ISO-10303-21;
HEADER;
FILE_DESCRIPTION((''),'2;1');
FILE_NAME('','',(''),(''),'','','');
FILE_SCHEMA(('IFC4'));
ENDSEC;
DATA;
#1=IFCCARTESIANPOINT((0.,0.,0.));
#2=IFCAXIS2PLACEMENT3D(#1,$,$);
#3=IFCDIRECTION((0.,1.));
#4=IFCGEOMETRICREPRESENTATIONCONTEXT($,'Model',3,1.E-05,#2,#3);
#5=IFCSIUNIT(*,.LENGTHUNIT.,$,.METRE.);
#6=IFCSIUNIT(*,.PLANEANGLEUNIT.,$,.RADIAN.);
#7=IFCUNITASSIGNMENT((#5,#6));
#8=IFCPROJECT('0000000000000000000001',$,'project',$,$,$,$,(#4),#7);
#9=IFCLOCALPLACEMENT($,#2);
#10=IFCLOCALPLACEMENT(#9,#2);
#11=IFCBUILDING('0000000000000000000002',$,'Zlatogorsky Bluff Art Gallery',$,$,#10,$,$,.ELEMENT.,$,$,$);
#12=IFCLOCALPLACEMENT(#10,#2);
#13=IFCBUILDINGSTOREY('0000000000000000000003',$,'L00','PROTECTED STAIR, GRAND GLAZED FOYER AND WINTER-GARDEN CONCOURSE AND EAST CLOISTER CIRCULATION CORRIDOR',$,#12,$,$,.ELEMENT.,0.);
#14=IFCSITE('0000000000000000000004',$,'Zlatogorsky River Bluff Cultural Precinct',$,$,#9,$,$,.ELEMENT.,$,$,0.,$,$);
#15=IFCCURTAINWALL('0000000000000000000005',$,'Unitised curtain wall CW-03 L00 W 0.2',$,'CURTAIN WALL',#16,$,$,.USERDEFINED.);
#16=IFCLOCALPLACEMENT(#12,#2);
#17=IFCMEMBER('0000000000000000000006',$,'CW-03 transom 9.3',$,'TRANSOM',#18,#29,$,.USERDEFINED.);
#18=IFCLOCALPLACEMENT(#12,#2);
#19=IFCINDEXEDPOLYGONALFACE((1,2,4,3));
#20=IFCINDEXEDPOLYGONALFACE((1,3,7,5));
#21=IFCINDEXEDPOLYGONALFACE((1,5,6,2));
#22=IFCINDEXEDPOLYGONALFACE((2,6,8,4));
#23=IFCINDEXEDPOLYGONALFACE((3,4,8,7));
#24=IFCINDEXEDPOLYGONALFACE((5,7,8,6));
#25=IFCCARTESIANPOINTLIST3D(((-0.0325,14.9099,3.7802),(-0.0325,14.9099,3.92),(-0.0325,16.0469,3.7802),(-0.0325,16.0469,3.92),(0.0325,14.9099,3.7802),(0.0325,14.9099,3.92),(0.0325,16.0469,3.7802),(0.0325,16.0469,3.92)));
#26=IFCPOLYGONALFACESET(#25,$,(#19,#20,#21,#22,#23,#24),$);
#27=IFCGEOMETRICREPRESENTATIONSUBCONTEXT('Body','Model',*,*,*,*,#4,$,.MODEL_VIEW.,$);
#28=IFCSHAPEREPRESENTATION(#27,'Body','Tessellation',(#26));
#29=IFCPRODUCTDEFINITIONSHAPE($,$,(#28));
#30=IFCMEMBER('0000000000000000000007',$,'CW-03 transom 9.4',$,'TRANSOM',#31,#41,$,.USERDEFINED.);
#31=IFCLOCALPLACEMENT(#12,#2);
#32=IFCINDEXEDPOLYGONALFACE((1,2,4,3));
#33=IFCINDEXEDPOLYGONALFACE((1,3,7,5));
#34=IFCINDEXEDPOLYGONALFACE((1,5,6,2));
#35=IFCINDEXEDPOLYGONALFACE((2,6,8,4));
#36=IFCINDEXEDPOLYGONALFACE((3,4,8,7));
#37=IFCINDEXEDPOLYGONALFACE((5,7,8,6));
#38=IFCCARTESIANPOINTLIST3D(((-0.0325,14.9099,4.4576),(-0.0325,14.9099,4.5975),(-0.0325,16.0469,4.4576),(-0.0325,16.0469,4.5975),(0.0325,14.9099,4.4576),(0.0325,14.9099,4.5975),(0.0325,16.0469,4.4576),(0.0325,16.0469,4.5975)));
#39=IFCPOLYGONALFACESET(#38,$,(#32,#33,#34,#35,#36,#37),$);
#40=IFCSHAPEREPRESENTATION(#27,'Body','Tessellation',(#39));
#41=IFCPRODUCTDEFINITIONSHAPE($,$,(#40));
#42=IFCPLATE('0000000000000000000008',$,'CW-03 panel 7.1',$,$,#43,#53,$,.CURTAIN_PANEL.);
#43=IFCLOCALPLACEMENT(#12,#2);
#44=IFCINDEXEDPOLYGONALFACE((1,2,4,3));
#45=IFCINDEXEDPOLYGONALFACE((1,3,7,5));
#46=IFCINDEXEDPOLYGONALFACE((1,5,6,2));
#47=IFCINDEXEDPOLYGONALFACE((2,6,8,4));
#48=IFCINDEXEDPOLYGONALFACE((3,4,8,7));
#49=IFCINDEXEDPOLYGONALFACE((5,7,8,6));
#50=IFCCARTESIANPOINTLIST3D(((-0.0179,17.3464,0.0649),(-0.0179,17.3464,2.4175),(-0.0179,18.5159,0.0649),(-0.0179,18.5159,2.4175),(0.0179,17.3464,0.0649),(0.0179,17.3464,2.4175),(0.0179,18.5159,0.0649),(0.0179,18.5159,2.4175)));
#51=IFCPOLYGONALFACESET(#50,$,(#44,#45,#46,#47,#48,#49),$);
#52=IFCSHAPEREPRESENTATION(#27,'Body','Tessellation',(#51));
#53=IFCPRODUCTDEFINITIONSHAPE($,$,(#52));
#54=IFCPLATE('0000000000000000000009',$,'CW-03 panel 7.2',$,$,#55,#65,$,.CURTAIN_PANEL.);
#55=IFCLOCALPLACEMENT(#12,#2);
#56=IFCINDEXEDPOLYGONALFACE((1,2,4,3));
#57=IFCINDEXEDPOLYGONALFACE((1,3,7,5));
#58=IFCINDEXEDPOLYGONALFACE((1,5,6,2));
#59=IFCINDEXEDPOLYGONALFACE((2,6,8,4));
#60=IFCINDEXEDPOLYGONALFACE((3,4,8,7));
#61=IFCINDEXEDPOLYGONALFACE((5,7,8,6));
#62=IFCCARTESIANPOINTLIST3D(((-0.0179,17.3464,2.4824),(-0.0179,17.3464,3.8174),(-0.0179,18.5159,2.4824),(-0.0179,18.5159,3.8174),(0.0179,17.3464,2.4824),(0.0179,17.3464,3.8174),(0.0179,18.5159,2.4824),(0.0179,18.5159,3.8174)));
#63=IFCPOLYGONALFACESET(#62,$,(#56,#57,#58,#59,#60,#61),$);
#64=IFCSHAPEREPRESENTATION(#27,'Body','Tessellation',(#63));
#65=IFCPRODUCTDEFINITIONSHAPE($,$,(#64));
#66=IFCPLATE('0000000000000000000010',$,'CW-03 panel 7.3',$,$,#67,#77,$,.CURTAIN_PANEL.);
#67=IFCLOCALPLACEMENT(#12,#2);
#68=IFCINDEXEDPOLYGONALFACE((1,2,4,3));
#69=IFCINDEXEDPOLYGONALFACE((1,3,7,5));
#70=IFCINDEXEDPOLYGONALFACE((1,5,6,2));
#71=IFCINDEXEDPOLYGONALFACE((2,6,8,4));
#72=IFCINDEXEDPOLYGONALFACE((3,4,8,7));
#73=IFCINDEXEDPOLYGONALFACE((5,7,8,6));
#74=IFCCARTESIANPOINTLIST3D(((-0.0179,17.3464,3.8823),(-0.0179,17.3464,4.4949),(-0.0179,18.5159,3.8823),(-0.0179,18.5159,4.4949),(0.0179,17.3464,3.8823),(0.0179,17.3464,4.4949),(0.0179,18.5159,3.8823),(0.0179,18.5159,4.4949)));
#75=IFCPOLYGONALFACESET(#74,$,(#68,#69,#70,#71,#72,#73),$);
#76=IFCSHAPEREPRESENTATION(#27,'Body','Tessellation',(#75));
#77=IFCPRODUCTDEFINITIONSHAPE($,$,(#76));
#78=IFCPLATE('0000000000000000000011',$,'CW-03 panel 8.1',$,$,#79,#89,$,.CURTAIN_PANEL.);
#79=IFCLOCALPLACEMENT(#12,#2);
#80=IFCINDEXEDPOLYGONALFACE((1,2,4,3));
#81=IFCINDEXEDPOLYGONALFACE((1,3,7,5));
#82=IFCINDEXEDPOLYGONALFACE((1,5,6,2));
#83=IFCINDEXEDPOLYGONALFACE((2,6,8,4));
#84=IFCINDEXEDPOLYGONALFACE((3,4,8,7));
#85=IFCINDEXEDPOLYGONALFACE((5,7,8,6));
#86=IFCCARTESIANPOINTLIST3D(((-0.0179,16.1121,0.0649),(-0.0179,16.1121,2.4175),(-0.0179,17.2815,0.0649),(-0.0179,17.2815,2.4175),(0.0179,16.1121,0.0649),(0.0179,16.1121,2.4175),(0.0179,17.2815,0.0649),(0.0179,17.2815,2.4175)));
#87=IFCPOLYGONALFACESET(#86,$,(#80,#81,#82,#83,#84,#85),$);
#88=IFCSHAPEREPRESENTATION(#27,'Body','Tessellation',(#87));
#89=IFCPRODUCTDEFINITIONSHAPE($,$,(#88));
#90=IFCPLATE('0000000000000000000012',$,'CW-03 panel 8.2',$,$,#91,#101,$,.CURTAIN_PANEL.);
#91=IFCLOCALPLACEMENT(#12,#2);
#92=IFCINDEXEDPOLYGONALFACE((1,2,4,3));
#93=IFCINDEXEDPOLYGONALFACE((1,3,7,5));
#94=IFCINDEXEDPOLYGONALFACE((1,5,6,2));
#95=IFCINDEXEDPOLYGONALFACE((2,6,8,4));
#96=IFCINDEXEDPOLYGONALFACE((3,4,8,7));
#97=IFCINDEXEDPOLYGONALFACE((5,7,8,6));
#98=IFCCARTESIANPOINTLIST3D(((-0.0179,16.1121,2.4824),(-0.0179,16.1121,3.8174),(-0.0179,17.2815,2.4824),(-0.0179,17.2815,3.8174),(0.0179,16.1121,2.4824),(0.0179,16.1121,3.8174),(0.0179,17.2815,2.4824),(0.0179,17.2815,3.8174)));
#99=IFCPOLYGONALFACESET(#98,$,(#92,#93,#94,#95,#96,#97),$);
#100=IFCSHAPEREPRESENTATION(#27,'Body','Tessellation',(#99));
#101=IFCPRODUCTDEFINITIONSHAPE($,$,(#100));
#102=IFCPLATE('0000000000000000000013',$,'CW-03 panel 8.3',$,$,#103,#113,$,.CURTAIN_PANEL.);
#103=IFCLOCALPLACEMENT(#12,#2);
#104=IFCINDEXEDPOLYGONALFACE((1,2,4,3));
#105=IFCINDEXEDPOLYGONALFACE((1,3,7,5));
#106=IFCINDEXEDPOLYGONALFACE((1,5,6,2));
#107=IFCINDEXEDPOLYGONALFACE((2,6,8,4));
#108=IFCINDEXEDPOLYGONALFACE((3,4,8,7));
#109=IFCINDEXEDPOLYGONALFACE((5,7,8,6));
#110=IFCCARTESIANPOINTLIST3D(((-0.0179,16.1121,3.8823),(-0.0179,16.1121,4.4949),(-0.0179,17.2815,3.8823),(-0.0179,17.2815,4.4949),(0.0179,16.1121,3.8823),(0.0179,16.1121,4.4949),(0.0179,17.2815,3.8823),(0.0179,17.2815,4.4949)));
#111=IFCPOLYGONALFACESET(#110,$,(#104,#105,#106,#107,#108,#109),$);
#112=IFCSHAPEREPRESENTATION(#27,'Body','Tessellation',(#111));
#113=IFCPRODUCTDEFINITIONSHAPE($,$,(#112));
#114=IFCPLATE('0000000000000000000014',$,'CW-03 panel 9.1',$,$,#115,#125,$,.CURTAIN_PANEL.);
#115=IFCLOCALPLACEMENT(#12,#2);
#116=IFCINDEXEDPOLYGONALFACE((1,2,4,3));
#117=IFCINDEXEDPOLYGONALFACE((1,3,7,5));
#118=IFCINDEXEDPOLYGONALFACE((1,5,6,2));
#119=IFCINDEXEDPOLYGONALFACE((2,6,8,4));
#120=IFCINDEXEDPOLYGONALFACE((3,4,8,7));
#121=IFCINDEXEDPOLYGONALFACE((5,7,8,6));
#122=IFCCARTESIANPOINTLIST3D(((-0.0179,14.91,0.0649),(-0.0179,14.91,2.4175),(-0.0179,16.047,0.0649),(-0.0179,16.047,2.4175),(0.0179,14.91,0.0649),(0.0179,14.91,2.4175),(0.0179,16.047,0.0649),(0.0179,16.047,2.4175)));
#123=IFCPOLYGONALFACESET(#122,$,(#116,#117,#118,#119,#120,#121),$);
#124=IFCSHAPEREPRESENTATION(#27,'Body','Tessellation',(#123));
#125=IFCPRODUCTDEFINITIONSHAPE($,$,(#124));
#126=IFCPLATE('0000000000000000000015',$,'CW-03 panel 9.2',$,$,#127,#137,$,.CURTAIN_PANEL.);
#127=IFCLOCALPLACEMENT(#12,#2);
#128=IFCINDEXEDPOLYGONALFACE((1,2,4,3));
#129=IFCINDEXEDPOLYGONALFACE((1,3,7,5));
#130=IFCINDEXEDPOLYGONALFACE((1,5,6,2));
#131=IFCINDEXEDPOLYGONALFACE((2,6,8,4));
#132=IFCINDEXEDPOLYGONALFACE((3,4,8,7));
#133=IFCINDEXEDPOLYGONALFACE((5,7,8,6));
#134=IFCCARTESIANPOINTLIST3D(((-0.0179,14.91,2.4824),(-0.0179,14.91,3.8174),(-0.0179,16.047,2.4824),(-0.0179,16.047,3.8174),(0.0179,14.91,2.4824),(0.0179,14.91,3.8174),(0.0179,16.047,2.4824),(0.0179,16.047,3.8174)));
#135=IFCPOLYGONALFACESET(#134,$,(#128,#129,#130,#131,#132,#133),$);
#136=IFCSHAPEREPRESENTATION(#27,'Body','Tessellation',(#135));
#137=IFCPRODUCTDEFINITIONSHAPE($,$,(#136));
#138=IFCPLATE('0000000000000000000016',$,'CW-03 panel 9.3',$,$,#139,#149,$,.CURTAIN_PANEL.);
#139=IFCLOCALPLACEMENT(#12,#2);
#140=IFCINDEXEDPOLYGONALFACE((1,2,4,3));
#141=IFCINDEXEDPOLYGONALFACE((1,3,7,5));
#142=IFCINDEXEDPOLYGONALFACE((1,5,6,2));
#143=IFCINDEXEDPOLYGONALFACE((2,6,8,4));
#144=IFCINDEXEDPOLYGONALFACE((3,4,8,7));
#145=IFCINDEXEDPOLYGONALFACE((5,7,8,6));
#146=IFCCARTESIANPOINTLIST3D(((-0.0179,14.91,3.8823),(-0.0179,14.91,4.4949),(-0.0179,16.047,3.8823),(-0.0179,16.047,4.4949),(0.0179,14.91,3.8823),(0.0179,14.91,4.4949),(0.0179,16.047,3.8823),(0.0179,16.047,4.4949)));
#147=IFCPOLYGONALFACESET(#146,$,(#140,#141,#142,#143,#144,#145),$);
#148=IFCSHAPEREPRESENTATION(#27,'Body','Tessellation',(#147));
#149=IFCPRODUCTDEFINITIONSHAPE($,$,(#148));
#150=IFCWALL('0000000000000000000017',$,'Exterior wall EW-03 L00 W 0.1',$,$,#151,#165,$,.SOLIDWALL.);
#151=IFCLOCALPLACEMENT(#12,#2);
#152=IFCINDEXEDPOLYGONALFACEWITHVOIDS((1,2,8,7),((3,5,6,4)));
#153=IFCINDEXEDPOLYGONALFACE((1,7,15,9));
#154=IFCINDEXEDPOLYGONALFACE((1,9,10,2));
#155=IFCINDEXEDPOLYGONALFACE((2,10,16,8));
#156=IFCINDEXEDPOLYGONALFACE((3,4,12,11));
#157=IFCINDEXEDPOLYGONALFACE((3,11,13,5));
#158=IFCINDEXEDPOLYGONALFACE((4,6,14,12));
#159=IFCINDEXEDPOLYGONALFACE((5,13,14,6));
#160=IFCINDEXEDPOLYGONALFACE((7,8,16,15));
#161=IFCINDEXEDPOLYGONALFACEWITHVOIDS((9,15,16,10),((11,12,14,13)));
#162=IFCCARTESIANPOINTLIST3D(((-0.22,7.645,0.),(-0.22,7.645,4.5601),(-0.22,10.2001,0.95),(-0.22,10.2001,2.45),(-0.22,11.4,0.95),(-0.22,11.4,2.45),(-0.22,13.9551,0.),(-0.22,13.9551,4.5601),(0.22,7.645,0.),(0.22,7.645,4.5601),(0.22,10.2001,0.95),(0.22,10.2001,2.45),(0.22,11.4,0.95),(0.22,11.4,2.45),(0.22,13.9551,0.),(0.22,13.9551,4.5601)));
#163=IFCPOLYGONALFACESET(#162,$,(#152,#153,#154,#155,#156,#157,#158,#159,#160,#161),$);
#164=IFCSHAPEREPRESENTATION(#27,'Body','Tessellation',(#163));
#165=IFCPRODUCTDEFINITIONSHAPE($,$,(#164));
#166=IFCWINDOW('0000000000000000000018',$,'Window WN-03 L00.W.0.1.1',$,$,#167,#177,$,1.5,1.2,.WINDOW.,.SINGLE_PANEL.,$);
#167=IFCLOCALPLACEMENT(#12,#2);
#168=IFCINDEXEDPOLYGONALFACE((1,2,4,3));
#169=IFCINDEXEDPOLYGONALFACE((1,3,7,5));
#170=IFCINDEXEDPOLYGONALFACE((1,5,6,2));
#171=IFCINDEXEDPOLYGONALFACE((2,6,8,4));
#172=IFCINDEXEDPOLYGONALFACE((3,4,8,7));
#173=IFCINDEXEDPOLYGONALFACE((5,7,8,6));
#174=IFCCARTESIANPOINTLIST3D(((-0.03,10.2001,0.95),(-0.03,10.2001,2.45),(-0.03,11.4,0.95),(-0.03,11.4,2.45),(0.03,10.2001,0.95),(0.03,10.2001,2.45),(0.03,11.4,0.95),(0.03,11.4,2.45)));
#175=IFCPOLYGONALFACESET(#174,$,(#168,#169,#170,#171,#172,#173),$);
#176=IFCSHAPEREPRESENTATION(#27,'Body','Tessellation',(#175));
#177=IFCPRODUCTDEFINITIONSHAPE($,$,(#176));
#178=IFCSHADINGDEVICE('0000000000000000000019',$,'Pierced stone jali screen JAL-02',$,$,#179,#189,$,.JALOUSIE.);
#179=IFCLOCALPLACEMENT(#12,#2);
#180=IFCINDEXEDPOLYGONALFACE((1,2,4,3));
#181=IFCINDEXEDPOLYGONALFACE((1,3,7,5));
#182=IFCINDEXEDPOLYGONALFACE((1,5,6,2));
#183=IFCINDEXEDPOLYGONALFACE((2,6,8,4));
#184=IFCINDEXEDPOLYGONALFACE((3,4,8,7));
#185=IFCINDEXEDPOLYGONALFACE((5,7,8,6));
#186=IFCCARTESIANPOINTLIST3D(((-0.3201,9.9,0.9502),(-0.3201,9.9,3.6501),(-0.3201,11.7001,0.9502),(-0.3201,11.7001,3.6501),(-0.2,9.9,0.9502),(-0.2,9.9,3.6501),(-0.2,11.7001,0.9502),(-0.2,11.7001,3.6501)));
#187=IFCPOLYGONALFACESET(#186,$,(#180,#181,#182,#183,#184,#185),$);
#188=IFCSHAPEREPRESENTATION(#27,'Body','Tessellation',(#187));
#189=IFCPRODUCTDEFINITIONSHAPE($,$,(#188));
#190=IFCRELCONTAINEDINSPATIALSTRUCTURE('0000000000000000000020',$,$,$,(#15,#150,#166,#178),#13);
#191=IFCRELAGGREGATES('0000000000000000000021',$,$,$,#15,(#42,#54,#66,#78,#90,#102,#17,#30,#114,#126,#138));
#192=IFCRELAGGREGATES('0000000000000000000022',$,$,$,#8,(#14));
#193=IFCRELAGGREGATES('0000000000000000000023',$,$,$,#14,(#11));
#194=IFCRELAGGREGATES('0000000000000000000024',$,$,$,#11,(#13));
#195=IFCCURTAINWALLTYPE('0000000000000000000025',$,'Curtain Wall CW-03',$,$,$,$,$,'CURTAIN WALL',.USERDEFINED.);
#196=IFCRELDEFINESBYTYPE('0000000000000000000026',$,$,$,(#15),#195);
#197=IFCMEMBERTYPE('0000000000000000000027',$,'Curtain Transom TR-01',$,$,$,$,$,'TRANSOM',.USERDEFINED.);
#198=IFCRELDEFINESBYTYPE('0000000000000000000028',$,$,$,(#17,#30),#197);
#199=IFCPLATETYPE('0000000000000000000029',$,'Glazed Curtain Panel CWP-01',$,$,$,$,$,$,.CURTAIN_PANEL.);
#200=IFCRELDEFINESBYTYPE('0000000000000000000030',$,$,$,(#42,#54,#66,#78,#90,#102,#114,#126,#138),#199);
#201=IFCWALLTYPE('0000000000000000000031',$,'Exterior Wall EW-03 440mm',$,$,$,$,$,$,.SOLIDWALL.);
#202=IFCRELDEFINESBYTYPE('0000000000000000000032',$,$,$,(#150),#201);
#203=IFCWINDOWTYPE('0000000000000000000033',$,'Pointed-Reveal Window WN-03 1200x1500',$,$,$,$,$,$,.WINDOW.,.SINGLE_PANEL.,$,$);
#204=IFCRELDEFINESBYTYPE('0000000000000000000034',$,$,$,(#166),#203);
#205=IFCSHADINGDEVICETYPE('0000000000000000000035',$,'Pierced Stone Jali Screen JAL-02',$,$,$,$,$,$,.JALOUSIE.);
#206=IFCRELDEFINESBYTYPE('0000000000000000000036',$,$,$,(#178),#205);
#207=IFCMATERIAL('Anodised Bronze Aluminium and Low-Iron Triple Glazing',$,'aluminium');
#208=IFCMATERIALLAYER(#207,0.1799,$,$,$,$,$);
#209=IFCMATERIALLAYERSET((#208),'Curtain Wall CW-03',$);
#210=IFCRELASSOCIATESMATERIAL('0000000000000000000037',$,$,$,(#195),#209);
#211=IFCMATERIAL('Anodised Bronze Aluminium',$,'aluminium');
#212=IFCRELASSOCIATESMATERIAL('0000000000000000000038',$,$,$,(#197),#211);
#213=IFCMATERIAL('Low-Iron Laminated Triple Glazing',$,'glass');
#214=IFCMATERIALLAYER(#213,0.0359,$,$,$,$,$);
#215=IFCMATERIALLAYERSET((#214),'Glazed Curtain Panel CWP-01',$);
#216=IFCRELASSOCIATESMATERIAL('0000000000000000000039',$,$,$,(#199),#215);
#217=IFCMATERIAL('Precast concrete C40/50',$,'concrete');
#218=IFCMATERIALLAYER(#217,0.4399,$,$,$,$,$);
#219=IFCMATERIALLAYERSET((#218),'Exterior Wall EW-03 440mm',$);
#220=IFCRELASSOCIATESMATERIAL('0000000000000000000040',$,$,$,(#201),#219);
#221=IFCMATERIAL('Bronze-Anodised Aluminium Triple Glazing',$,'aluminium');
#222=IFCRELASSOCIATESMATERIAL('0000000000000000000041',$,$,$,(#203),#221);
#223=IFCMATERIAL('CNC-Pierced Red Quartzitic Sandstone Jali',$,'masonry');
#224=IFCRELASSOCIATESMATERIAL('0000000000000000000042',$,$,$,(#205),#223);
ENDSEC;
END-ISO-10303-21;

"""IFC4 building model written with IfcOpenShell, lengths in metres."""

from ifc_helpers import new_model, si_unit, direction, frame, frame_2d, origin, origin_2d, place, context, subcontext, project, spatial, rectangle, extrude, material, layer, layer_set, material_profile, profile_set, type_object, element, fill, aggregate, save


model = new_model("IFC4")

# Units and contexts
model_context = context("Model", 3, precision=1e-05, world=origin(), true_north=direction((0.0, 1.0)))
body_context = subcontext(model_context, "Body", "Model", "MODEL_VIEW")
ifc_project = project(units=[si_unit("LENGTHUNIT", "METRE"), si_unit("PLANEANGLEUNIT", "RADIAN")], contexts=[model_context])

# Site, building, storey
site_placement = place(None, origin())
site = spatial("IfcSite", under=ifc_project, at=site_placement, Name="Zlatogorsky River Bluff Cultural Precinct", CompositionType="ELEMENT", RefElevation=0.0)
building_placement = place(site_placement, origin())
building = spatial("IfcBuilding", under=site, at=building_placement, Name="Zlatogorsky Bluff Art Gallery", CompositionType="ELEMENT")
storey_placement = place(building_placement, origin())
storey = spatial("IfcBuildingStorey", under=building, at=storey_placement, Name="L00", Description="PROTECTED STAIR, GRAND GLAZED FOYER AND WINTER-GARDEN CONCOURSE AND EAST CLOISTER CIRCULATION CORRIDOR", CompositionType="ELEMENT", Elevation=0.0)

# Curtain wall, members, plates
ifc_material_1 = material(Name="Anodised Bronze Aluminium and Low-Iron Triple Glazing", Category="aluminium")
ifc_layer_1 = layer(ifc_material_1, 0.1799)
ifc_layer_set_1 = layer_set([ifc_layer_1], Name="Curtain Wall CW-03")
curtain_wall_type = type_object("IfcCurtainWallType", Name="Curtain Wall CW-03", ElementType="CURTAIN WALL", PredefinedType="USERDEFINED", material=ifc_layer_set_1)
curtain_wall_placement = place(storey_placement, origin())
curtain_wall = element("IfcCurtainWall", 1, at=curtain_wall_placement, inside=storey, type_object=curtain_wall_type, Name="Unitised curtain wall CW-03 L00 W 0.2", ObjectType="CURTAIN WALL", PredefinedType="USERDEFINED")
ifc_material_2 = material(Name="Anodised Bronze Aluminium", Category="aluminium")
ifc_material_profile_1 = material_profile(ifc_material_2, rectangle(XDim=0.0649, YDim=0.1399, at=origin_2d()), Name="ALU TRANSOM 65x140")
ifc_profile_set_1 = profile_set([ifc_material_profile_1], Name="Anodised Bronze Aluminium")
member_type_1 = type_object("IfcMemberType", Name="Curtain Transom TR-01", ElementType="TRANSOM", PredefinedType="USERDEFINED", material=ifc_profile_set_1)
member_1_placement = place(storey_placement, frame((0.0, 16.0469, 3.8501), z_axis=(0.0, -1.0, 0.0), x_axis=(1.0, 0.0, 0.0)))
member_1 = element("IfcMember", 2, at=member_1_placement, type_object=member_type_1, Name="CW-03 transom 9.3", ObjectType="TRANSOM", PredefinedType="USERDEFINED", context=body_context, shape_type="SweptSolid", body=[
    extrude(rectangle(XDim=0.0649, YDim=0.1399, at=origin_2d()), origin(), (0.0, 0.0, 1.0), 1.137),
])
member_2_placement = place(storey_placement, frame((0.0, 16.0469, 4.5276), z_axis=(0.0, -1.0, 0.0), x_axis=(1.0, 0.0, 0.0)))
member_2 = element("IfcMember", 3, at=member_2_placement, type_object=member_type_1, Name="CW-03 transom 9.4", ObjectType="TRANSOM", PredefinedType="USERDEFINED", context=body_context, shape_type="SweptSolid", body=[
    extrude(rectangle(XDim=0.0649, YDim=0.1399, at=origin_2d()), origin(), (0.0, 0.0, 1.0), 1.137),
])
ifc_material_3 = material(Name="Low-Iron Laminated Triple Glazing", Category="glass")
ifc_layer_2 = layer(ifc_material_3, 0.0359)
ifc_layer_set_2 = layer_set([ifc_layer_2], Name="Glazed Curtain Panel CWP-01")
plate_type = type_object("IfcPlateType", Name="Glazed Curtain Panel CWP-01", PredefinedType="CURTAIN_PANEL", material=ifc_layer_set_2)
plate_1_placement = place(storey_placement, frame((0.0, 17.9312, 0.0649), z_axis=(0.0, 0.0, 1.0), x_axis=(0.0, -1.0, 0.0)))
plate_1 = element("IfcPlate", 4, at=plate_1_placement, type_object=plate_type, Name="CW-03 panel 7.1", PredefinedType="CURTAIN_PANEL", context=body_context, shape_type="SweptSolid", body=[
    extrude(rectangle(XDim=1.1694, YDim=0.0359, at=origin_2d()), origin(), (0.0, 0.0, 1.0), 2.3525),
])
plate_2_placement = place(storey_placement, frame((0.0, 17.9312, 2.4824), z_axis=(0.0, 0.0, 1.0), x_axis=(0.0, -1.0, 0.0)))
plate_2 = element("IfcPlate", 5, at=plate_2_placement, type_object=plate_type, Name="CW-03 panel 7.2", PredefinedType="CURTAIN_PANEL", context=body_context, shape_type="SweptSolid", body=[
    extrude(rectangle(XDim=1.1694, YDim=0.0359, at=origin_2d()), origin(), (0.0, 0.0, 1.0), 1.335),
])
plate_3_placement = place(storey_placement, frame((0.0, 17.9312, 3.8823), z_axis=(0.0, 0.0, 1.0), x_axis=(0.0, -1.0, 0.0)))
plate_3 = element("IfcPlate", 6, at=plate_3_placement, type_object=plate_type, Name="CW-03 panel 7.3", PredefinedType="CURTAIN_PANEL", context=body_context, shape_type="SweptSolid", body=[
    extrude(rectangle(XDim=1.1694, YDim=0.0359, at=origin_2d()), origin(), (0.0, 0.0, 1.0), 0.6125),
])
plate_4_placement = place(storey_placement, frame((0.0, 16.6968, 0.0649), z_axis=(0.0, 0.0, 1.0), x_axis=(0.0, -1.0, 0.0)))
plate_4 = element("IfcPlate", 7, at=plate_4_placement, type_object=plate_type, Name="CW-03 panel 8.1", PredefinedType="CURTAIN_PANEL", context=body_context, shape_type="SweptSolid", body=[
    extrude(rectangle(XDim=1.1694, YDim=0.0359, at=origin_2d()), origin(), (0.0, 0.0, 1.0), 2.3525),
])
plate_5_placement = place(storey_placement, frame((0.0, 16.6968, 2.4824), z_axis=(0.0, 0.0, 1.0), x_axis=(0.0, -1.0, 0.0)))
plate_5 = element("IfcPlate", 8, at=plate_5_placement, type_object=plate_type, Name="CW-03 panel 8.2", PredefinedType="CURTAIN_PANEL", context=body_context, shape_type="SweptSolid", body=[
    extrude(rectangle(XDim=1.1694, YDim=0.0359, at=origin_2d()), origin(), (0.0, 0.0, 1.0), 1.335),
])
plate_6_placement = place(storey_placement, frame((0.0, 16.6968, 3.8823), z_axis=(0.0, 0.0, 1.0), x_axis=(0.0, -1.0, 0.0)))
plate_6 = element("IfcPlate", 9, at=plate_6_placement, type_object=plate_type, Name="CW-03 panel 8.3", PredefinedType="CURTAIN_PANEL", context=body_context, shape_type="SweptSolid", body=[
    extrude(rectangle(XDim=1.1694, YDim=0.0359, at=origin_2d()), origin(), (0.0, 0.0, 1.0), 0.6125),
])
plate_7_placement = place(storey_placement, frame((0.0, 15.4785, 0.0649), z_axis=(0.0, 0.0, 1.0), x_axis=(0.0, -1.0, 0.0)))
plate_7 = element("IfcPlate", 10, at=plate_7_placement, type_object=plate_type, Name="CW-03 panel 9.1", PredefinedType="CURTAIN_PANEL", context=body_context, shape_type="SweptSolid", body=[
    extrude(rectangle(XDim=1.137, YDim=0.0359, at=origin_2d()), origin(), (0.0, 0.0, 1.0), 2.3525),
])
plate_8_placement = place(storey_placement, frame((0.0, 15.4785, 2.4824), z_axis=(0.0, 0.0, 1.0), x_axis=(0.0, -1.0, 0.0)))
plate_8 = element("IfcPlate", 11, at=plate_8_placement, type_object=plate_type, Name="CW-03 panel 9.2", PredefinedType="CURTAIN_PANEL", context=body_context, shape_type="SweptSolid", body=[
    extrude(rectangle(XDim=1.137, YDim=0.0359, at=origin_2d()), origin(), (0.0, 0.0, 1.0), 1.335),
])
plate_9_placement = place(storey_placement, frame((0.0, 15.4785, 3.8823), z_axis=(0.0, 0.0, 1.0), x_axis=(0.0, -1.0, 0.0)))
plate_9 = element("IfcPlate", 12, at=plate_9_placement, type_object=plate_type, Name="CW-03 panel 9.3", PredefinedType="CURTAIN_PANEL", context=body_context, shape_type="SweptSolid", body=[
    extrude(rectangle(XDim=1.137, YDim=0.0359, at=origin_2d()), origin(), (0.0, 0.0, 1.0), 0.6125),
])
aggregate(curtain_wall, [plate_1, plate_2, plate_3, plate_4, plate_5, plate_6, member_1, member_2, plate_7, plate_8, plate_9])

# Wall, opening, window
ifc_material_4 = material(Name="Precast concrete C40/50", Category="concrete")
ifc_layer_3 = layer(ifc_material_4, 0.4399)
ifc_layer_set_3 = layer_set([ifc_layer_3], Name="Exterior Wall EW-03 440mm")
wall_type = type_object("IfcWallType", Name="Exterior Wall EW-03 440mm", PredefinedType="SOLIDWALL", material=ifc_layer_set_3)
wall_placement = place(storey_placement, frame((0.0, 13.9551, 0.0), z_axis=(0.0, 0.0, 1.0), x_axis=(0.0, -1.0, 0.0)))
wall = element("IfcWall", 13, at=wall_placement, inside=storey, type_object=wall_type, Name="Exterior wall EW-03 L00 W 0.1", PredefinedType="SOLIDWALL", context=body_context, shape_type="SweptSolid", body=[
    extrude(rectangle(XDim=6.3101, YDim=0.4399, at=frame_2d((3.155, 0.0))), origin(), (0.0, 0.0, 1.0), 4.5601),
])
opening_placement = place(wall_placement, frame((2.5549, 0.0, 0.95)))
opening = element("IfcOpeningElement", 14, at=opening_placement, cuts=wall, PredefinedType="OPENING", context=body_context, shape_type="SweptSolid", body=[
    extrude(rectangle(XDim=1.2, YDim=1.5, at=frame_2d((0.6001, 0.75))), frame((0.0, 0.23, 0.0), z_axis=(0.0, -1.0, 0.0), x_axis=(1.0, 0.0, 0.0)), (0.0, 0.0, 1.0), 0.46),
])
ifc_material_5 = material(Name="Bronze-Anodised Aluminium Triple Glazing", Category="aluminium")
window_type = type_object("IfcWindowType", Name="Pointed-Reveal Window WN-03 1200x1500", PartitioningType="SINGLE_PANEL", PredefinedType="WINDOW", material=ifc_material_5)
window_placement = place(opening_placement, origin())
window = element("IfcWindow", 15, at=window_placement, inside=storey, type_object=window_type, Name="Window WN-03 L00.W.0.1.1", OverallHeight=1.5, OverallWidth=1.2, PartitioningType="SINGLE_PANEL", PredefinedType="WINDOW", context=body_context, shape_type="SweptSolid", body=[
    extrude(rectangle(XDim=1.2, YDim=1.5, at=frame_2d((0.6001, 0.75))), frame((0.0, 0.03, 0.0), z_axis=(0.0, -1.0, 0.0), x_axis=(1.0, 0.0, 0.0)), (0.0, 0.0, 1.0), 0.0601),
])
fill(opening, window)

# Shading device
ifc_material_6 = material(Name="CNC-Pierced Red Quartzitic Sandstone Jali", Category="masonry")
shading_device_type = type_object("IfcShadingDeviceType", Name="Pierced Stone Jali Screen JAL-02", PredefinedType="JALOUSIE", material=ifc_material_6)
shading_device_placement = place(storey_placement, frame((-0.26, 10.8, 0.9502), z_axis=(0.0, 0.0, 1.0), x_axis=(1.0, 0.0, 0.0)))
element("IfcShadingDevice", 16, at=shading_device_placement, inside=storey, type_object=shading_device_type, Name="Pierced stone jali screen JAL-02", PredefinedType="JALOUSIE", context=body_context, shape_type="SweptSolid", body=[
    extrude(rectangle(XDim=0.1201, YDim=1.8, at=origin_2d()), origin(), (0.0, 0.0, 1.0), 2.7),
])

save(model, "model.ifc")
